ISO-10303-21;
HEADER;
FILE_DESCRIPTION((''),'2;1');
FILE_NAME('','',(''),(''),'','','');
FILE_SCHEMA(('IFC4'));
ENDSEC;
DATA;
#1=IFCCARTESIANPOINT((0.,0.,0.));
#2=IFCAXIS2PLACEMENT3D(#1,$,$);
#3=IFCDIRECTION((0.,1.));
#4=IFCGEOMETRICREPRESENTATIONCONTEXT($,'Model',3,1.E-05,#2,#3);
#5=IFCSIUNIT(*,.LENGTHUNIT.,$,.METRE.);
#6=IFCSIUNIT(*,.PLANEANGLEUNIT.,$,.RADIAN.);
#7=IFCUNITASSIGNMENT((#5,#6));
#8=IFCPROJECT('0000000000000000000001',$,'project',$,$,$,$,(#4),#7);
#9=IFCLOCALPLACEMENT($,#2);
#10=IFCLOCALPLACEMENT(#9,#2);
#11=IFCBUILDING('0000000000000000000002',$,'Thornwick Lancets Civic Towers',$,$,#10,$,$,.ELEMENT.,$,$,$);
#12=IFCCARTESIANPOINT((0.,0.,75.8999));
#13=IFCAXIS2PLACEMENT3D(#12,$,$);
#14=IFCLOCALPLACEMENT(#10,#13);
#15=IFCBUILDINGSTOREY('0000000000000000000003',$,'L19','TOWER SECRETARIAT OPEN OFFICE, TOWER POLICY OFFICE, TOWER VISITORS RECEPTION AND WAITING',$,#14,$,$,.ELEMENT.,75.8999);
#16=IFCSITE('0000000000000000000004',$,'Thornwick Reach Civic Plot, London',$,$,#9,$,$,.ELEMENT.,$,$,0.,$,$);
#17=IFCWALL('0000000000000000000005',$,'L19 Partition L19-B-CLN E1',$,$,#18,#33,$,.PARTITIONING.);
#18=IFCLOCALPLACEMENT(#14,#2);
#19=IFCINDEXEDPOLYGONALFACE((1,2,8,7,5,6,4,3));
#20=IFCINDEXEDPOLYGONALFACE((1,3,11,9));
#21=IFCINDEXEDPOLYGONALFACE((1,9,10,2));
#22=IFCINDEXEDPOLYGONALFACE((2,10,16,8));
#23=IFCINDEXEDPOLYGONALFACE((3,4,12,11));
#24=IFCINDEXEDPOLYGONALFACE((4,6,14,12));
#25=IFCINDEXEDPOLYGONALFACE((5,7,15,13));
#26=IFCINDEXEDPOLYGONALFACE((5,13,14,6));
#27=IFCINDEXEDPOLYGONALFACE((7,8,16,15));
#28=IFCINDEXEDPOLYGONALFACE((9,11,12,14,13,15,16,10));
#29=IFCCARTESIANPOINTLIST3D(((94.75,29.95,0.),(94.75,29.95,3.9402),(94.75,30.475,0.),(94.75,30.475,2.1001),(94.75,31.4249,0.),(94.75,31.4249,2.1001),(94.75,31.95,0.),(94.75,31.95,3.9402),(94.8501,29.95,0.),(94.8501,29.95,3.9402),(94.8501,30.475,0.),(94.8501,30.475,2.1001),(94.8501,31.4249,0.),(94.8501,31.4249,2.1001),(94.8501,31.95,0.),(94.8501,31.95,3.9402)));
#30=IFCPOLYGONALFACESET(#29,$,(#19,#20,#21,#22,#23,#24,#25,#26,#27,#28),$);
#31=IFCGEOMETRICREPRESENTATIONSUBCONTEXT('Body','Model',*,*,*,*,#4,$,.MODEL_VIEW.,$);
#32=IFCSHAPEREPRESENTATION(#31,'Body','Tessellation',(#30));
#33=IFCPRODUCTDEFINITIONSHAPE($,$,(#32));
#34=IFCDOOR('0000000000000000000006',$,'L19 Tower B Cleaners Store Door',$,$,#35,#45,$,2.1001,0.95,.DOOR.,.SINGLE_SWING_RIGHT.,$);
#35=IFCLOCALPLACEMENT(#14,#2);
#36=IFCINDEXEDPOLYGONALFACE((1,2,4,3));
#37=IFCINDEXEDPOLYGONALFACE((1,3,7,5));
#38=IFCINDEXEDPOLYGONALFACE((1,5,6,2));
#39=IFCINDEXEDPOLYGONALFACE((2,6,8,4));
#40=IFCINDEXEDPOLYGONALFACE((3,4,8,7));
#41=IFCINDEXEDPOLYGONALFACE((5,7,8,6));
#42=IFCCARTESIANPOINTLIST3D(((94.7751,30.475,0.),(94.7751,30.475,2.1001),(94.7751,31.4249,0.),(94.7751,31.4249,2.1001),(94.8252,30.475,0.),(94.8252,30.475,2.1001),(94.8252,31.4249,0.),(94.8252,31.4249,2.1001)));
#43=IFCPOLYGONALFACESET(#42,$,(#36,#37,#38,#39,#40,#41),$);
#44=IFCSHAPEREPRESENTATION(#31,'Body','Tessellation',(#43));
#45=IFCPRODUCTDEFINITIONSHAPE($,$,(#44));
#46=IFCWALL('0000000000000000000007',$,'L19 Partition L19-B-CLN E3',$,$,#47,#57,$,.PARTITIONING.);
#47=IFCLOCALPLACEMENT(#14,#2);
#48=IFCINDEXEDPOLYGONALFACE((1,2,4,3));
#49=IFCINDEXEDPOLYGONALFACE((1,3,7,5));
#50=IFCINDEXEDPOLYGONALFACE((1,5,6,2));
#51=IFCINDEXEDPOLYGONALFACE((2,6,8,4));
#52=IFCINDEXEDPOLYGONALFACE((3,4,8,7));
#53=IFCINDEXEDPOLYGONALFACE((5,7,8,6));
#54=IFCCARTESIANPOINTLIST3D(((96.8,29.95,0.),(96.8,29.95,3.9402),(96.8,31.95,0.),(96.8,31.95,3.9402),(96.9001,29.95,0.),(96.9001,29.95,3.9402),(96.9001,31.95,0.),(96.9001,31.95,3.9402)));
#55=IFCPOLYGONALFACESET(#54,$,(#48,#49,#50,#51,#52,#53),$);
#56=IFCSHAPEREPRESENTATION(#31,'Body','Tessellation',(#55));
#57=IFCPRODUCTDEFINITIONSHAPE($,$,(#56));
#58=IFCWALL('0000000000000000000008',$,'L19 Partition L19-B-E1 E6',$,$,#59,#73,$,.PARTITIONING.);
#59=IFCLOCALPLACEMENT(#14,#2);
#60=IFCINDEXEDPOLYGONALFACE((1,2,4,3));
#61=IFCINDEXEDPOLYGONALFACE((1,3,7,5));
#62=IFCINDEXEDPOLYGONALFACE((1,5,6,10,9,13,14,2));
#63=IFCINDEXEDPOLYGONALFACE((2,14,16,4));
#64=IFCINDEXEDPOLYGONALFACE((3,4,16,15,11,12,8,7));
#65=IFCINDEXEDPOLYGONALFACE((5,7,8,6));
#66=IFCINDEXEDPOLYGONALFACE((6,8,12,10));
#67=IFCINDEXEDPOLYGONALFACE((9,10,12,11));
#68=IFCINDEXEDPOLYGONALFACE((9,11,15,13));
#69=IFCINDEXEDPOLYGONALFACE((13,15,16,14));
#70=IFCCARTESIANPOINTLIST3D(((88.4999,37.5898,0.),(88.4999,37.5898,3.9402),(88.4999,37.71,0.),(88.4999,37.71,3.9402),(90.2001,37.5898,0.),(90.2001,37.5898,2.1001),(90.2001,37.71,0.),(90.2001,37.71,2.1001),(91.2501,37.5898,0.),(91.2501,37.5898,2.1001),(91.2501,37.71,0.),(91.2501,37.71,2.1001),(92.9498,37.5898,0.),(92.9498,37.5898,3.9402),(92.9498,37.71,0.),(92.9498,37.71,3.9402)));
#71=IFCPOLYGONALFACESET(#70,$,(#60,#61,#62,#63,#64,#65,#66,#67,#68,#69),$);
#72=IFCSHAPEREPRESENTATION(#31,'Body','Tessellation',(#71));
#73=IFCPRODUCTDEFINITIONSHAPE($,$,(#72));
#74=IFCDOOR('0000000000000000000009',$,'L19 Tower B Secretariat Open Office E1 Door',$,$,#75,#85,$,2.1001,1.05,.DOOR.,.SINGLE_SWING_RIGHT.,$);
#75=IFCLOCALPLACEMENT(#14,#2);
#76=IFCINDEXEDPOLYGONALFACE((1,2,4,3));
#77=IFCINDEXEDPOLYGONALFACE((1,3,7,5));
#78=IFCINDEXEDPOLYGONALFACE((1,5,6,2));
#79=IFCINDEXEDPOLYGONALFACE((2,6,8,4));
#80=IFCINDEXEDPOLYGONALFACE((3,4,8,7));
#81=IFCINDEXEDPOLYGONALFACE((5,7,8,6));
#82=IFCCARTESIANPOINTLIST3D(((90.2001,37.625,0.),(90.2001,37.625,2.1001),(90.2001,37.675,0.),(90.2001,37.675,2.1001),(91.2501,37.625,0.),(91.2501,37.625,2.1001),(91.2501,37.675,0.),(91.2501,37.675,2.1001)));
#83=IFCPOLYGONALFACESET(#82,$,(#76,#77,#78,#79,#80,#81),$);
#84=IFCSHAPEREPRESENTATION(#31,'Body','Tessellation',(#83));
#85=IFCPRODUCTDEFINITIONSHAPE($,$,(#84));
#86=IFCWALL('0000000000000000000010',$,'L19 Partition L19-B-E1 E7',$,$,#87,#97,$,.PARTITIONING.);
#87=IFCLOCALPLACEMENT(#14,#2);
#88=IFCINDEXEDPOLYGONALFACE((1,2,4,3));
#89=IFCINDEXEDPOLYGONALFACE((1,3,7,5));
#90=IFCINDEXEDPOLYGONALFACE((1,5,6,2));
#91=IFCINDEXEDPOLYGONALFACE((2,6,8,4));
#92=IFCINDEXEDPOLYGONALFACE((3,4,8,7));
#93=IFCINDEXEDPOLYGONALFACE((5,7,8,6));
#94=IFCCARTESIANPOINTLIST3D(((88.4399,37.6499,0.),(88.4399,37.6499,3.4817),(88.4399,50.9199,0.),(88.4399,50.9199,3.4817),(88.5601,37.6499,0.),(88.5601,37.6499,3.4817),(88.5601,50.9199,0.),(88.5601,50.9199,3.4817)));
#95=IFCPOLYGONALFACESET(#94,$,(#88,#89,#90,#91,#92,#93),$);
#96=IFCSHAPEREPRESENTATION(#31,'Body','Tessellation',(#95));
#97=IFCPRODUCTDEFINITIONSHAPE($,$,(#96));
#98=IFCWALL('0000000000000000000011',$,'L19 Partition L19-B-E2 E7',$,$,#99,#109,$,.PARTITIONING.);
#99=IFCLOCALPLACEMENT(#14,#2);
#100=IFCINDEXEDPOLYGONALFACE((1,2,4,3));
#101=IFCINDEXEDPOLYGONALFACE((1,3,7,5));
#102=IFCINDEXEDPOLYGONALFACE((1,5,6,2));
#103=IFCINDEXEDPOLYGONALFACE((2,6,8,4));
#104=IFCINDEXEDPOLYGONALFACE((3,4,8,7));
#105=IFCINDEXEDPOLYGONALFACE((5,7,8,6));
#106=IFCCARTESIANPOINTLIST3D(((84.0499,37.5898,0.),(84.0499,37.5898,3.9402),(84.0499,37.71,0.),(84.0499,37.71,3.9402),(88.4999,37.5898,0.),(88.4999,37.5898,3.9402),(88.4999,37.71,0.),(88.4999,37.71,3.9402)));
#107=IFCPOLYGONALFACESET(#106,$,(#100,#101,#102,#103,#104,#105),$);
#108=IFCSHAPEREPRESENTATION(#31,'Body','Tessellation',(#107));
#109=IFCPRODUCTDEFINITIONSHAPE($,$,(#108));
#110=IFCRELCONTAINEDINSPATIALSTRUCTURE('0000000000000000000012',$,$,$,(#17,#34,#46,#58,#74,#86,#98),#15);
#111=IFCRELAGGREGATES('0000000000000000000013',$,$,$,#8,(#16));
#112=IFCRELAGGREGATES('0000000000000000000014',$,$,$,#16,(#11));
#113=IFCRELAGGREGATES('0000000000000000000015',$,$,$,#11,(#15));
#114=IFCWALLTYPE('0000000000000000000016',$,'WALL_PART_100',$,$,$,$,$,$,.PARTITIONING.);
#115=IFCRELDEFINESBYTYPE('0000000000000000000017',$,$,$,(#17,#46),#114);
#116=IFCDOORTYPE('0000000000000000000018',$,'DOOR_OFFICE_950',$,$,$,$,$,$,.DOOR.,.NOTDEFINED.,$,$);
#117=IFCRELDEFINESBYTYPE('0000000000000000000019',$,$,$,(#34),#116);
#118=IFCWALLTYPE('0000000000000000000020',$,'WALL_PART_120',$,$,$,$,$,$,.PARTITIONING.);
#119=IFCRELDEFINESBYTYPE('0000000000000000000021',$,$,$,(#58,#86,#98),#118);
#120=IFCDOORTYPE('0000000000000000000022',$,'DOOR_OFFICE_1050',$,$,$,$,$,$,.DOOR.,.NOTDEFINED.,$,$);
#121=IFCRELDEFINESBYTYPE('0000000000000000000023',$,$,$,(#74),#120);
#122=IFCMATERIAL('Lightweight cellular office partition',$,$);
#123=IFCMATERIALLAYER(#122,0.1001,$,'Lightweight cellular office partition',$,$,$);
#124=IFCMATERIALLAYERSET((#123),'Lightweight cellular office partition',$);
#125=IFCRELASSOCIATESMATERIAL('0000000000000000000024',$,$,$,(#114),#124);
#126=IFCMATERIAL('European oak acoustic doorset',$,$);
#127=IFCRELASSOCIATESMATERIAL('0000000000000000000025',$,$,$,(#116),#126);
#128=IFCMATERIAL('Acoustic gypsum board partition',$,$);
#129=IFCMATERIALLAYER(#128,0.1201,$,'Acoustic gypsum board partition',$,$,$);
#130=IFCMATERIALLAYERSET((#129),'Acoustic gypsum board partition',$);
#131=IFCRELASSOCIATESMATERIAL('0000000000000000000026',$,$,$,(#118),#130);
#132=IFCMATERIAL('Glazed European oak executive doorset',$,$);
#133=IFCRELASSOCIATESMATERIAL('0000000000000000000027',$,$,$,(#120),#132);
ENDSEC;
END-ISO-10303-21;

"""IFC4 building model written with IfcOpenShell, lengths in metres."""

from ifc_helpers import new_model, si_unit, direction, frame, frame_2d, origin, place, context, subcontext, project, spatial, rectangle, extrude, material, layer, layer_set, type_object, element, fill, save


model = new_model("IFC4")

# Units and contexts
model_context = context("Model", 3, precision=1e-05, world=origin(), true_north=direction((0.0, 1.0)))
body_context = subcontext(model_context, "Body", "Model", "MODEL_VIEW")
ifc_project = project(units=[si_unit("LENGTHUNIT", "METRE"), si_unit("PLANEANGLEUNIT", "RADIAN")], contexts=[model_context])

# Site, building, storey
site_placement = place(None, origin())
site = spatial("IfcSite", under=ifc_project, at=site_placement, Name="Thornwick Reach Civic Plot, London", CompositionType="ELEMENT", RefElevation=0.0)
building_placement = place(site_placement, origin())
building = spatial("IfcBuilding", under=site, at=building_placement, Name="Thornwick Lancets Civic Towers", CompositionType="ELEMENT")
storey_placement = place(building_placement, frame((0.0, 0.0, 75.8999)))
storey = spatial("IfcBuildingStorey", under=building, at=storey_placement, Name="L19", Description="TOWER SECRETARIAT OPEN OFFICE, TOWER POLICY OFFICE, TOWER VISITORS RECEPTION AND WAITING", CompositionType="ELEMENT", Elevation=75.8999)

# Wall, opening, door
ifc_material_1 = material(Name="Lightweight cellular office partition")
ifc_layer_1 = layer(ifc_material_1, 0.1001, Name="Lightweight cellular office partition")
ifc_layer_set_1 = layer_set([ifc_layer_1], Name="Lightweight cellular office partition")
wall_type_1 = type_object("IfcWallType", Name="WALL_PART_100", PredefinedType="PARTITIONING", material=ifc_layer_set_1)
wall_1_placement = place(storey_placement, frame((94.8, 29.95, 0.0), z_axis=(0.0, 0.0, 1.0), x_axis=(0.0, 1.0, 0.0)))
wall_1 = element("IfcWall", 1, at=wall_1_placement, inside=storey, type_object=wall_type_1, Name="L19 Partition L19-B-CLN E1", PredefinedType="PARTITIONING", context=body_context, shape_type="SweptSolid", body=[
    extrude(rectangle(XDim=2.0, YDim=0.1001, at=frame_2d((1.0, 0.0))), origin(), (0.0, 0.0, 1.0), 3.9402),
])
opening_1_placement = place(wall_1_placement, frame((0.5249, 0.0, 0.0)))
opening_1 = element("IfcOpeningElement", 2, at=opening_1_placement, cuts=wall_1, PredefinedType="OPENING", context=body_context, shape_type="SweptSolid", body=[
    extrude(rectangle(XDim=0.95, YDim=2.1001, at=frame_2d((0.4751, 1.05))), frame((0.0, 0.0601, 0.0), z_axis=(0.0, -1.0, 0.0), x_axis=(1.0, 0.0, 0.0)), (0.0, 0.0, 1.0), 0.1201),
])
ifc_material_2 = material(Name="European oak acoustic doorset")
door_type_1 = type_object("IfcDoorType", Name="DOOR_OFFICE_950", OperationType="NOTDEFINED", PredefinedType="DOOR", material=ifc_material_2)
door_1_placement = place(opening_1_placement, origin())
door_1 = element("IfcDoor", 3, at=door_1_placement, inside=storey, type_object=door_type_1, Name="L19 Tower B Cleaners Store Door", OperationType="SINGLE_SWING_RIGHT", OverallHeight=2.1001, OverallWidth=0.95, PredefinedType="DOOR", context=body_context, shape_type="SweptSolid", body=[
    extrude(rectangle(XDim=0.95, YDim=2.1001, at=frame_2d((0.4751, 1.05))), frame((0.0, 0.0249, 0.0), z_axis=(0.0, -1.0, 0.0), x_axis=(1.0, 0.0, 0.0)), (0.0, 0.0, 1.0), 0.05),
])
fill(opening_1, door_1)

# Wall
wall_2_placement = place(storey_placement, frame((96.8501, 31.95, 0.0), z_axis=(0.0, 0.0, 1.0), x_axis=(0.0, -1.0, 0.0)))
element("IfcWall", 4, at=wall_2_placement, inside=storey, type_object=wall_type_1, Name="L19 Partition L19-B-CLN E3", PredefinedType="PARTITIONING", context=body_context, shape_type="SweptSolid", body=[
    extrude(rectangle(XDim=2.0, YDim=0.1001, at=frame_2d((1.0, 0.0))), origin(), (0.0, 0.0, 1.0), 3.9402),
])

# Wall, opening, door
ifc_material_3 = material(Name="Acoustic gypsum board partition")
ifc_layer_2 = layer(ifc_material_3, 0.1201, Name="Acoustic gypsum board partition")
ifc_layer_set_2 = layer_set([ifc_layer_2], Name="Acoustic gypsum board partition")
wall_type_2 = type_object("IfcWallType", Name="WALL_PART_120", PredefinedType="PARTITIONING", material=ifc_layer_set_2)
wall_3_placement = place(storey_placement, frame((92.95, 37.6499, 0.0), z_axis=(0.0, 0.0, 1.0), x_axis=(-1.0, 0.0, 0.0)))
wall_3 = element("IfcWall", 5, at=wall_3_placement, inside=storey, type_object=wall_type_2, Name="L19 Partition L19-B-E1 E6", PredefinedType="PARTITIONING", context=body_context, shape_type="SweptSolid", body=[
    extrude(rectangle(XDim=4.45, YDim=0.1201, at=frame_2d((2.2251, 0.0))), origin(), (0.0, 0.0, 1.0), 3.9402),
])
opening_2_placement = place(wall_3_placement, frame((1.7, 0.0, 0.0)))
opening_2 = element("IfcOpeningElement", 6, at=opening_2_placement, cuts=wall_3, PredefinedType="OPENING", context=body_context, shape_type="SweptSolid", body=[
    extrude(rectangle(XDim=1.05, YDim=2.1001, at=frame_2d((0.5249, 1.05))), frame((0.0, 0.0701, 0.0), z_axis=(0.0, -1.0, 0.0), x_axis=(1.0, 0.0, 0.0)), (0.0, 0.0, 1.0), 0.1401),
])
ifc_material_4 = material(Name="Glazed European oak executive doorset")
door_type_2 = type_object("IfcDoorType", Name="DOOR_OFFICE_1050", OperationType="NOTDEFINED", PredefinedType="DOOR", material=ifc_material_4)
door_2_placement = place(opening_2_placement, origin())
door_2 = element("IfcDoor", 7, at=door_2_placement, inside=storey, type_object=door_type_2, Name="L19 Tower B Secretariat Open Office E1 Door", OperationType="SINGLE_SWING_RIGHT", OverallHeight=2.1001, OverallWidth=1.05, PredefinedType="DOOR", context=body_context, shape_type="SweptSolid", body=[
    extrude(rectangle(XDim=1.05, YDim=2.1001, at=frame_2d((0.5249, 1.05))), frame((0.0, 0.0249, 0.0), z_axis=(0.0, -1.0, 0.0), x_axis=(1.0, 0.0, 0.0)), (0.0, 0.0, 1.0), 0.05),
])
fill(opening_2, door_2)

# Walls
wall_4_placement = place(storey_placement, frame((88.5, 37.6499, 0.0), z_axis=(0.0, 0.0, 1.0), x_axis=(0.0, 1.0, 0.0)))
element("IfcWall", 8, at=wall_4_placement, inside=storey, type_object=wall_type_2, Name="L19 Partition L19-B-E1 E7", PredefinedType="PARTITIONING", context=body_context, shape_type="SweptSolid", body=[
    extrude(rectangle(XDim=13.27, YDim=0.1201, at=frame_2d((6.635, 0.0))), origin(), (0.0, 0.0, 1.0), 3.4817),
])
wall_5_placement = place(storey_placement, frame((88.5, 37.6499, 0.0), z_axis=(0.0, 0.0, 1.0), x_axis=(-1.0, 0.0, 0.0)))
element("IfcWall", 9, at=wall_5_placement, inside=storey, type_object=wall_type_2, Name="L19 Partition L19-B-E2 E7", PredefinedType="PARTITIONING", context=body_context, shape_type="SweptSolid", body=[
    extrude(rectangle(XDim=4.45, YDim=0.1201, at=frame_2d((2.2251, 0.0))), origin(), (0.0, 0.0, 1.0), 3.9402),
])

save(model, "model.ifc")
